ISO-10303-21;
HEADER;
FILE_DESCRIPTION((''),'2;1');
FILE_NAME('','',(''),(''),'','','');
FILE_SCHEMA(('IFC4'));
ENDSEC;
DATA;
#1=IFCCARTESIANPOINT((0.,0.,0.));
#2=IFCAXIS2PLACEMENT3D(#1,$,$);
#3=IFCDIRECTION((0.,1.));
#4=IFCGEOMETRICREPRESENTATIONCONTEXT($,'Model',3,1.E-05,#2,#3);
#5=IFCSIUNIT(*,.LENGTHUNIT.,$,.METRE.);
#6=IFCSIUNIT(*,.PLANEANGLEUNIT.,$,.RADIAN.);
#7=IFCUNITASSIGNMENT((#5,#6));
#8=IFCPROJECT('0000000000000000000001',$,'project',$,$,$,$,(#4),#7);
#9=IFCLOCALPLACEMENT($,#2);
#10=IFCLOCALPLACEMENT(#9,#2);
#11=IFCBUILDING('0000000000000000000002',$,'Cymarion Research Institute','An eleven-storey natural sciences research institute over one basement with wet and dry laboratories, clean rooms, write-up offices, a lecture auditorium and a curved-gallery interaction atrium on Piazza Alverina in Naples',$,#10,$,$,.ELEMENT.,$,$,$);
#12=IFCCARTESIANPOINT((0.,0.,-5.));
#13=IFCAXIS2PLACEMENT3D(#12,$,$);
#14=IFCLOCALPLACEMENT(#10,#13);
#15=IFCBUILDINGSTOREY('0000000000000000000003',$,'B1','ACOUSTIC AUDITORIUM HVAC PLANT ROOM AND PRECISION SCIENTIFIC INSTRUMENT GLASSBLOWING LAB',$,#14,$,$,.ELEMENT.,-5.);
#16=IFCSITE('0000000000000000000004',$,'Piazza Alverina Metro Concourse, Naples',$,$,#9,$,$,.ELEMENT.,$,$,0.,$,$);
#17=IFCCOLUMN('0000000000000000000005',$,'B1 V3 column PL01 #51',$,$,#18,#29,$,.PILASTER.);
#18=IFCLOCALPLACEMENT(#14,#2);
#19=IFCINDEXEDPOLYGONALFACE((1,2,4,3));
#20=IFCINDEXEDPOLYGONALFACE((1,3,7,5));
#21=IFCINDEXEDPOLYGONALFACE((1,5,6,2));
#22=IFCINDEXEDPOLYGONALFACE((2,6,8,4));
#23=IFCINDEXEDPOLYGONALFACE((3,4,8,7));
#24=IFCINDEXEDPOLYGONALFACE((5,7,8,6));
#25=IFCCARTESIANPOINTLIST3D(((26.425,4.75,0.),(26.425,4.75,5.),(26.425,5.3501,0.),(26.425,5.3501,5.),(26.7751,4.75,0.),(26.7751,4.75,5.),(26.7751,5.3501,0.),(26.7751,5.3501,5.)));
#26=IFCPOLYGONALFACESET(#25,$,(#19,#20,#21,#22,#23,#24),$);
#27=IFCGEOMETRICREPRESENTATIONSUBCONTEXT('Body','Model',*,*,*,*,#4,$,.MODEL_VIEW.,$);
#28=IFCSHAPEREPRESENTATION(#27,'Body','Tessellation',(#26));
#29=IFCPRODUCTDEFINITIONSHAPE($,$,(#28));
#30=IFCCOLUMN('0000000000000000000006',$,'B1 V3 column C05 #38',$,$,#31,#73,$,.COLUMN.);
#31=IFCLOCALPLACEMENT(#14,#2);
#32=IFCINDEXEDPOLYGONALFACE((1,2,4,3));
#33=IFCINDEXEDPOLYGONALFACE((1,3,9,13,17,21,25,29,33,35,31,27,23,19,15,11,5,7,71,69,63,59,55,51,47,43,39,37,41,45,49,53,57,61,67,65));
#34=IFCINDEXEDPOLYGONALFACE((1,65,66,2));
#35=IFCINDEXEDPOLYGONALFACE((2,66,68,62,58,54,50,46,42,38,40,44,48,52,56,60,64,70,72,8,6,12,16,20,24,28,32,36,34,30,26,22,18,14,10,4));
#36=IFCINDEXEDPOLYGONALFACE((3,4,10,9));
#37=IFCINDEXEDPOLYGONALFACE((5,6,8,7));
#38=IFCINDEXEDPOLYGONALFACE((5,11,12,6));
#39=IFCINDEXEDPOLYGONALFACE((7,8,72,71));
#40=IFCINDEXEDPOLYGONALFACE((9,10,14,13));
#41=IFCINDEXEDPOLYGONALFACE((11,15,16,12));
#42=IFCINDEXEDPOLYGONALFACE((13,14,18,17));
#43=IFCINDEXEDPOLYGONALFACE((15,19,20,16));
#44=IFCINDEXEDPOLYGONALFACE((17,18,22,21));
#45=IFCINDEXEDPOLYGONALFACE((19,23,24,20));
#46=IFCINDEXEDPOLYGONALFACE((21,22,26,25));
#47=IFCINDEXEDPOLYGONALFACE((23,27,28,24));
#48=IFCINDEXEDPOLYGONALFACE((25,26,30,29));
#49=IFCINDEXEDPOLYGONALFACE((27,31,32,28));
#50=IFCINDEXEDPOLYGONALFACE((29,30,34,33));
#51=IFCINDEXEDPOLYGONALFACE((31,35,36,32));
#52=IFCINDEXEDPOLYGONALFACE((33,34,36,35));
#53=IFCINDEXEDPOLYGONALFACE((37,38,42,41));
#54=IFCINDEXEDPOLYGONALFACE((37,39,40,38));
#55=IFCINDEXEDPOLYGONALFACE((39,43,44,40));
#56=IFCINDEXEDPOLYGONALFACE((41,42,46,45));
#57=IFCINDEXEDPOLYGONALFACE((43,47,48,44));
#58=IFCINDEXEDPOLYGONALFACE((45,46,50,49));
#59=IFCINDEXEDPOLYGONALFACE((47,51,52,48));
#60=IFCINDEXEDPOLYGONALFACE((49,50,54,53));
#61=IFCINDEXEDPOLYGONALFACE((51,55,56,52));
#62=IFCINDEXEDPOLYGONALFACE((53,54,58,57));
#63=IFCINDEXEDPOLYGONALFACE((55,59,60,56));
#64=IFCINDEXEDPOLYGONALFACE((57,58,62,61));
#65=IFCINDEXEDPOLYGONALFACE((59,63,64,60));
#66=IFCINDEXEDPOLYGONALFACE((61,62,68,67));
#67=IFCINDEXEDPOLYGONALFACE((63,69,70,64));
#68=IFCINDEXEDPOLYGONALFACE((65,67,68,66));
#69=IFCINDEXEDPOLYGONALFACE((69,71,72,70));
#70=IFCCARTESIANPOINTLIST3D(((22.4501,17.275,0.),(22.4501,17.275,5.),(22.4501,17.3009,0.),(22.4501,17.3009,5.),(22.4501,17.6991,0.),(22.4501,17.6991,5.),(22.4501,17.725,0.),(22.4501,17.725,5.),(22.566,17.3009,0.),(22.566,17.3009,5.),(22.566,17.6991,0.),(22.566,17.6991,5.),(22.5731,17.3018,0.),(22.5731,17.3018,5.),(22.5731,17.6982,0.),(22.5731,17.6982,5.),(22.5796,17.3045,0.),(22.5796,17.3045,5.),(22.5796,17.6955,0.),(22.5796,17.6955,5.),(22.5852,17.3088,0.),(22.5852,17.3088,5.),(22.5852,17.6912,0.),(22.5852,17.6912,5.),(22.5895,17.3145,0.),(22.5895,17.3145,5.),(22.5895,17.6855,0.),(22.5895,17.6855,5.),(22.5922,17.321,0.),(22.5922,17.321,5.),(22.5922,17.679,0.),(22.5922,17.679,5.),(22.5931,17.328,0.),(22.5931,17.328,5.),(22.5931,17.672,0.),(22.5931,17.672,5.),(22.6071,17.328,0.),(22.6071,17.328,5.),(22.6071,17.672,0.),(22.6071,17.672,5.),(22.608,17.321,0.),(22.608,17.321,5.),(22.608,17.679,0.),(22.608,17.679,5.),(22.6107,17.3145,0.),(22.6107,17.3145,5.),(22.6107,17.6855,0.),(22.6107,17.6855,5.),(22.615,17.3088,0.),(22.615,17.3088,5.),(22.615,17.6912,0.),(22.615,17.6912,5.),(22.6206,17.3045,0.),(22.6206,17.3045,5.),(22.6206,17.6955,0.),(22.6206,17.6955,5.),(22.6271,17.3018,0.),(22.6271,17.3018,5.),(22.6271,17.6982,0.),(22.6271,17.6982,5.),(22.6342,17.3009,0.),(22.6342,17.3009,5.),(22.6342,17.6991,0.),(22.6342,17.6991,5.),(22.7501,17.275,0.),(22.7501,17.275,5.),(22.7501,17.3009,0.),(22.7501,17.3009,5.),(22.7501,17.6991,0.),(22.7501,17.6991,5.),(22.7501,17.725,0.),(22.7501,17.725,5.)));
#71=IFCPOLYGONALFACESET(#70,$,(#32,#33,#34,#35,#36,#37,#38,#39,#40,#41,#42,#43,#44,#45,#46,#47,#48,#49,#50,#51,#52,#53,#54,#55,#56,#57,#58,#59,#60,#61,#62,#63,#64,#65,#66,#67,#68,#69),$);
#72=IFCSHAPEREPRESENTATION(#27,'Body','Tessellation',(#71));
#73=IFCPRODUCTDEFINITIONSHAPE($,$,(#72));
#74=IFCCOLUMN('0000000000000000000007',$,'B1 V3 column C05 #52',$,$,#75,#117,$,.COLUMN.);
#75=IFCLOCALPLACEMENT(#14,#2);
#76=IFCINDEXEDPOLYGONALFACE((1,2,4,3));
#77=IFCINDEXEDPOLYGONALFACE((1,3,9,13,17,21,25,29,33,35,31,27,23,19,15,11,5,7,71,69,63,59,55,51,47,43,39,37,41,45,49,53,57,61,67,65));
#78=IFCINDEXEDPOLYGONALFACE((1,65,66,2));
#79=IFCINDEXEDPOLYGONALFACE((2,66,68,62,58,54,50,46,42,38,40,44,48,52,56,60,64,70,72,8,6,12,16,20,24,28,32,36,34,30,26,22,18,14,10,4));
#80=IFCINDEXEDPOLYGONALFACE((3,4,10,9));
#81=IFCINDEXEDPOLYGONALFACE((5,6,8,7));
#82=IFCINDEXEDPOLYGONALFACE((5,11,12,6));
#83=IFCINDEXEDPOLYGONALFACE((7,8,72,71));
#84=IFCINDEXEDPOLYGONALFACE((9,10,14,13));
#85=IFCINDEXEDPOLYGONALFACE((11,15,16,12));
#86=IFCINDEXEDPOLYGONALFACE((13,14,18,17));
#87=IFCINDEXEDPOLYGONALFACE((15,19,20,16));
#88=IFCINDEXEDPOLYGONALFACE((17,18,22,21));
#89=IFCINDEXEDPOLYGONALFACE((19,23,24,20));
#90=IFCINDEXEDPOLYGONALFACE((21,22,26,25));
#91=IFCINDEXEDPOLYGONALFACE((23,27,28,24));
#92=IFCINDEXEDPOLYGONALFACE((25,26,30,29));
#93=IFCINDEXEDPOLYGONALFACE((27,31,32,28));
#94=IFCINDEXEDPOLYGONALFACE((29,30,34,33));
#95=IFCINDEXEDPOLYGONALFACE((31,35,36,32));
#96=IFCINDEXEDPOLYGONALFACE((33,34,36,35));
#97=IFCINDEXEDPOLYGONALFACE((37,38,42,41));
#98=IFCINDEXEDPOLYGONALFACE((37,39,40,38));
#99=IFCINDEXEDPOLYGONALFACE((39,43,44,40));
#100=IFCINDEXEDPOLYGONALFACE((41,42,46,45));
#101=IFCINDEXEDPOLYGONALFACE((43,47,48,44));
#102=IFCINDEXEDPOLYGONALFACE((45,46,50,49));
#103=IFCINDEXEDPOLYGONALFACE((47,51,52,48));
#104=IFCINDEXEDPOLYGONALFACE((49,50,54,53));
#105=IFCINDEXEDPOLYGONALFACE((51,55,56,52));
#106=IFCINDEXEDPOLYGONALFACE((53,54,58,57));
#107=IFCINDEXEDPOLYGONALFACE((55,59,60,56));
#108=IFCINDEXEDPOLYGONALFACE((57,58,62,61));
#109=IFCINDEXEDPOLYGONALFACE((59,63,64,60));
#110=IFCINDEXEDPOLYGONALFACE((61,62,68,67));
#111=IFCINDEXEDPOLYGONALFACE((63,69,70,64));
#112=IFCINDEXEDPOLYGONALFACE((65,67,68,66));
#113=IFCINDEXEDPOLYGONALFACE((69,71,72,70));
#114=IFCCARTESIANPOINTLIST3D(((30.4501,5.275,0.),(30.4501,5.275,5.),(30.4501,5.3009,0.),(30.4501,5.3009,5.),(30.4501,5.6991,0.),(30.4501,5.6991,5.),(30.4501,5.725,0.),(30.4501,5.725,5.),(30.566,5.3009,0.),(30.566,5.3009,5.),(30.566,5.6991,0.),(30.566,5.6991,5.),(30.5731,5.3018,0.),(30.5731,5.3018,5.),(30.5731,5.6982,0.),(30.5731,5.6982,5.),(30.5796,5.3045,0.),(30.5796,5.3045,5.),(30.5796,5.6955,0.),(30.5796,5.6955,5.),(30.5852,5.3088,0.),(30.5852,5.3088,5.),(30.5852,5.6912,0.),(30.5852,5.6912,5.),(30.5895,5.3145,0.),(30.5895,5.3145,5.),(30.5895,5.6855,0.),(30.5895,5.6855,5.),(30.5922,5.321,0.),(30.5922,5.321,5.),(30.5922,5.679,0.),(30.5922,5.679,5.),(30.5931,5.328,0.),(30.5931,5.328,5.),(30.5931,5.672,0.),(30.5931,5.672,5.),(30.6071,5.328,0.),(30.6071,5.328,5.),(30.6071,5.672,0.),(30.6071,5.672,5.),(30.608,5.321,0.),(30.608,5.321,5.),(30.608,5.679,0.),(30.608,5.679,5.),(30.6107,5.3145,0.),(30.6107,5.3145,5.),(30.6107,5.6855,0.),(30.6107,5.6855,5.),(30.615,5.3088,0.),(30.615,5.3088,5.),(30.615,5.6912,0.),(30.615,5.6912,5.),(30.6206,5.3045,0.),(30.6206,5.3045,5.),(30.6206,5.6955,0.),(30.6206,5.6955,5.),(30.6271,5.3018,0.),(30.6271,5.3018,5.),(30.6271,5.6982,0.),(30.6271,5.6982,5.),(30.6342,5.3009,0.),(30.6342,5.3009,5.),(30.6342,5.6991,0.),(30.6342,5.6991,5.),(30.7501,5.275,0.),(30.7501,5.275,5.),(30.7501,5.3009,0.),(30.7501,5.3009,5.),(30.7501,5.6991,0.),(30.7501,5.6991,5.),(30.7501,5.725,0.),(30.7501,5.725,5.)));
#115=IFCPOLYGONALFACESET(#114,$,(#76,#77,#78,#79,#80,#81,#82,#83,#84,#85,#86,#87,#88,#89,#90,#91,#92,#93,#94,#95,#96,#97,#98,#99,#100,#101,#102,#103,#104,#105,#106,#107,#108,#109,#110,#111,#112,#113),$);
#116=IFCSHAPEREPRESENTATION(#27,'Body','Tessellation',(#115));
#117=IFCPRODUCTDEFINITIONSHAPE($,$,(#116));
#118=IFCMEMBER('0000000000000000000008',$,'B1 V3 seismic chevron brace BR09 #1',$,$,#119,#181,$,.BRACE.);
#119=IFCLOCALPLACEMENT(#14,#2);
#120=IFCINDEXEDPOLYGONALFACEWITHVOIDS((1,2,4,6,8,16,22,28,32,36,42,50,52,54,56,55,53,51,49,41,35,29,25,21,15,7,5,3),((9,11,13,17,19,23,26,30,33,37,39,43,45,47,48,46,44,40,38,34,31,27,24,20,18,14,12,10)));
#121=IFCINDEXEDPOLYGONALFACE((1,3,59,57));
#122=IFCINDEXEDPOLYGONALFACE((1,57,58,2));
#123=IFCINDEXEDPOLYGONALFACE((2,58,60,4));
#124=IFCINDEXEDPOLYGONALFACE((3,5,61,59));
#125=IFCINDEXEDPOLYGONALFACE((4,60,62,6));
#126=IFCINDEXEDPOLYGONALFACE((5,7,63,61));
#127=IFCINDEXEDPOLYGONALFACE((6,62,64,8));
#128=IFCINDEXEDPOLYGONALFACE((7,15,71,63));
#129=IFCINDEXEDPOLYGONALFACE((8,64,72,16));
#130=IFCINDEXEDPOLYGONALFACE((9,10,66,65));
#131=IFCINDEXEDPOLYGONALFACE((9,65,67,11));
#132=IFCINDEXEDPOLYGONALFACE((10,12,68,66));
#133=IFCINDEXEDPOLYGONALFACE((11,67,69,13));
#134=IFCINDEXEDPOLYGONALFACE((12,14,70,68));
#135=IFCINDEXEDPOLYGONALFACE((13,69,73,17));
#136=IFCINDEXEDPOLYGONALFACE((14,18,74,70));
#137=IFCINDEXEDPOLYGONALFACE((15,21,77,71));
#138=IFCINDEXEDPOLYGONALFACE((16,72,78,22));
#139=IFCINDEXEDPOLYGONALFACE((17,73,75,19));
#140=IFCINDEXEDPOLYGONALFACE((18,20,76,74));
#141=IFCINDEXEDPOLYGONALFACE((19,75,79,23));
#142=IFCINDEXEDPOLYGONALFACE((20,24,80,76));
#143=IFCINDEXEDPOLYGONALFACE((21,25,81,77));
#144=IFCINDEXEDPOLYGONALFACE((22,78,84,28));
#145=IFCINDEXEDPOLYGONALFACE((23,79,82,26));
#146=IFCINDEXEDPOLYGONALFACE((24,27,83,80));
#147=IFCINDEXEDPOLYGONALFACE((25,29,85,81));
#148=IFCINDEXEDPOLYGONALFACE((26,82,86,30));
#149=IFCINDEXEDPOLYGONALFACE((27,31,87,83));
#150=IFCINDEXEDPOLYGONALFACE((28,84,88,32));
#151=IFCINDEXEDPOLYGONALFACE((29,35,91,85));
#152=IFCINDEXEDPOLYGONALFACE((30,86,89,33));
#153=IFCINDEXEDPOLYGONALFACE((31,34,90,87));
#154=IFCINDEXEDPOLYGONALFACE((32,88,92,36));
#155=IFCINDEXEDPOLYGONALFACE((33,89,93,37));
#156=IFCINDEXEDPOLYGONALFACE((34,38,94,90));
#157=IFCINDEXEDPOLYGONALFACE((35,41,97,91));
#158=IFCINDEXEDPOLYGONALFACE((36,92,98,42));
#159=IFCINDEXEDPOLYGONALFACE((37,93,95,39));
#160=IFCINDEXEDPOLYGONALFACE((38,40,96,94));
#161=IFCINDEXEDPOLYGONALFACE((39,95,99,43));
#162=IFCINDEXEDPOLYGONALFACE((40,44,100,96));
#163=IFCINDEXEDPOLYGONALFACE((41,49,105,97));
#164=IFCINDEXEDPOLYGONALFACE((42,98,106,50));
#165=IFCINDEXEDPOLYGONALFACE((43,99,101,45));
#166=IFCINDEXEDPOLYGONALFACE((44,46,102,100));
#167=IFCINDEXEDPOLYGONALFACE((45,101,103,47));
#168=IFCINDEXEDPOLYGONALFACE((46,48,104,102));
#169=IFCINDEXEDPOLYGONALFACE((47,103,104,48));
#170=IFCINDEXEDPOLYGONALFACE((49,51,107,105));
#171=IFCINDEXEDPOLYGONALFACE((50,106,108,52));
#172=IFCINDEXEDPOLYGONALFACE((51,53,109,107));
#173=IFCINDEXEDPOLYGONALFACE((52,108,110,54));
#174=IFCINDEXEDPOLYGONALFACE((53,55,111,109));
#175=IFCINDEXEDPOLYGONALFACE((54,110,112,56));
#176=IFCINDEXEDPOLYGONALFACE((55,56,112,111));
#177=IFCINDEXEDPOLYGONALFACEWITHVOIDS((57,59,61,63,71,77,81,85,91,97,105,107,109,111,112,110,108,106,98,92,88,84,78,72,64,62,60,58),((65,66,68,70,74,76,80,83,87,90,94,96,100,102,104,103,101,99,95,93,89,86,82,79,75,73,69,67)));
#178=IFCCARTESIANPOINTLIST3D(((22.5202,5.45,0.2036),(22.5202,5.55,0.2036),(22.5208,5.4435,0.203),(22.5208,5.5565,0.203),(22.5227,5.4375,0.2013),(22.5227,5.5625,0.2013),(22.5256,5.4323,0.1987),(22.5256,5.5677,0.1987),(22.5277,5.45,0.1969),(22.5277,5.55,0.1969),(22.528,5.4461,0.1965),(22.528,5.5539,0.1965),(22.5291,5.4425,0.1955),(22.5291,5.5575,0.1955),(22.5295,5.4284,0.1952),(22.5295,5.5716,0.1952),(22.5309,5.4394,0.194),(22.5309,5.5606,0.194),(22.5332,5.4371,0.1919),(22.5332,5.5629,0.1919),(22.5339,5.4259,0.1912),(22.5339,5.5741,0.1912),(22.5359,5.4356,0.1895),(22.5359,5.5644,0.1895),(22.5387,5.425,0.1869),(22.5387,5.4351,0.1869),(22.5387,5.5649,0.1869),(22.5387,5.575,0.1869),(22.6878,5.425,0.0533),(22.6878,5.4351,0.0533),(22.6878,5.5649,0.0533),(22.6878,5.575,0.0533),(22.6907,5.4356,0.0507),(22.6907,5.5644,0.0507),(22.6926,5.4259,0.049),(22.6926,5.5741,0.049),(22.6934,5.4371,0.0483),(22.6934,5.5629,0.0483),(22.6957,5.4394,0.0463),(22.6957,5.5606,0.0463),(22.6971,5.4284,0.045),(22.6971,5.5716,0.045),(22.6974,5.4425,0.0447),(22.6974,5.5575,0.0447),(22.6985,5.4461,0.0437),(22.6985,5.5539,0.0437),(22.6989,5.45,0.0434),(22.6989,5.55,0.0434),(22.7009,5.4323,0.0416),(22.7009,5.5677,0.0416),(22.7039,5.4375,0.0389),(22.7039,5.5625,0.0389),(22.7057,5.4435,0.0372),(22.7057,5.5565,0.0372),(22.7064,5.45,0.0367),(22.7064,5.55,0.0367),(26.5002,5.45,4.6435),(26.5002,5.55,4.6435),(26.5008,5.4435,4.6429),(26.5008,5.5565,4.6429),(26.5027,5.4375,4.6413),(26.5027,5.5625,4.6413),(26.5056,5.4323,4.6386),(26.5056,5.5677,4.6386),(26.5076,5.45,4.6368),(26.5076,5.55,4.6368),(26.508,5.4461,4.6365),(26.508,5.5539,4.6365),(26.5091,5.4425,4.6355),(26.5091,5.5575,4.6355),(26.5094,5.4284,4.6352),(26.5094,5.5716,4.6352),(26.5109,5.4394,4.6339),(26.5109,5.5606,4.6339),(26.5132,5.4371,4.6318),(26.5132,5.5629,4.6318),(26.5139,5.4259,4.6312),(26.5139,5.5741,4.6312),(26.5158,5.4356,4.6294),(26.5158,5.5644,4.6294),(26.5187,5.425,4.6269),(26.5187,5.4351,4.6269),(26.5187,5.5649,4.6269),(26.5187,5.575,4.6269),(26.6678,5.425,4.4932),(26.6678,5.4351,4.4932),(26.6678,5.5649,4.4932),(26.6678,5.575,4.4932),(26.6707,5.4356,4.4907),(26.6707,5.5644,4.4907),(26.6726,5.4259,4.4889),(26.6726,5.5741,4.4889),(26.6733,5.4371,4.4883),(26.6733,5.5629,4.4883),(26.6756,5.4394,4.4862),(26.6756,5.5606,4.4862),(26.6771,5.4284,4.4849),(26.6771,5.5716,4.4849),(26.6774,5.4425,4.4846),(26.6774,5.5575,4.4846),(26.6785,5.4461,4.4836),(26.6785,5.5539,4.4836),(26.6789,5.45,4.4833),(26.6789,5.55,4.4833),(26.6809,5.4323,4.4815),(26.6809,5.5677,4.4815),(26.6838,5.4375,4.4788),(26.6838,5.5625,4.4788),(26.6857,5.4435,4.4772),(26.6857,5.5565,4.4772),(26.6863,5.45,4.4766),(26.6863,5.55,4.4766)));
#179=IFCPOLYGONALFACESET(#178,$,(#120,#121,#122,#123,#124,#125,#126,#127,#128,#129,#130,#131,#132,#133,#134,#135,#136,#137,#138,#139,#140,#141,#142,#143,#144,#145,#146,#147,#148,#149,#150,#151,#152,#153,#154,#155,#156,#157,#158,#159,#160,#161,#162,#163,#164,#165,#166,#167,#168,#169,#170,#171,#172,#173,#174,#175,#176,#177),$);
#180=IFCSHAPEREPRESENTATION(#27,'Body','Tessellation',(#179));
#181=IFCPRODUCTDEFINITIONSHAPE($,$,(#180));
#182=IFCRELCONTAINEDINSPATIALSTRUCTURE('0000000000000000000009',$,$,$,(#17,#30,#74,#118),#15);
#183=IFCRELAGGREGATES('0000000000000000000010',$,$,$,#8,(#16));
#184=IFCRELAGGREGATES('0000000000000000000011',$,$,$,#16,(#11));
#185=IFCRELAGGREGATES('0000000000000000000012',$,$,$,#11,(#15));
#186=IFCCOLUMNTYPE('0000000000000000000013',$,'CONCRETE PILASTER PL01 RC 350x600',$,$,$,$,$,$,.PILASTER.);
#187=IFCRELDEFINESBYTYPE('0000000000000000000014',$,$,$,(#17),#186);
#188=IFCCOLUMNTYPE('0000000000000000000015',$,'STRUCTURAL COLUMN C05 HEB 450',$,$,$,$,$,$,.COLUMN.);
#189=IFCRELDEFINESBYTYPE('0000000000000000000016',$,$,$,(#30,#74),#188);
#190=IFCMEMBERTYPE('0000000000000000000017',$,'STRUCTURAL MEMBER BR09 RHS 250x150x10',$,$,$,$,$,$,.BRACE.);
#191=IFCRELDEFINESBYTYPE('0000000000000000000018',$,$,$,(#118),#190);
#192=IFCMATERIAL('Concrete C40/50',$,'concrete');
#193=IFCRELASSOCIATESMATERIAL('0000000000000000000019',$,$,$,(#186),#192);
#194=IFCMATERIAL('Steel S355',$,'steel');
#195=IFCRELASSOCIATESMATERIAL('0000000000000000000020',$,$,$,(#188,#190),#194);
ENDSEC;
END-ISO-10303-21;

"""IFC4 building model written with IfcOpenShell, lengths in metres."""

from ifc_helpers import new_model, si_unit, direction, frame, origin, origin_2d, place, context, subcontext, project, spatial, rectangle, hollow_rectangle, i_section, extrude, material, material_profile, profile_set, type_object, element, save


model = new_model("IFC4")

# Units and contexts
model_context = context("Model", 3, precision=1e-05, world=origin(), true_north=direction((0.0, 1.0)))
body_context = subcontext(model_context, "Body", "Model", "MODEL_VIEW")
ifc_project = project(units=[si_unit("LENGTHUNIT", "METRE"), si_unit("PLANEANGLEUNIT", "RADIAN")], contexts=[model_context])

# Site, building, storey
site_placement = place(None, origin())
site = spatial("IfcSite", under=ifc_project, at=site_placement, Name="Piazza Alverina Metro Concourse, Naples", CompositionType="ELEMENT", RefElevation=0.0)
building_placement = place(site_placement, origin())
building = spatial("IfcBuilding", under=site, at=building_placement, Name="Cymarion Research Institute", Description="An eleven-storey natural sciences research institute over one basement with wet and dry laboratories, clean rooms, write-up offices, a lecture auditorium and a curved-gallery interaction atrium on Piazza Alverina in Naples", CompositionType="ELEMENT")
storey_placement = place(building_placement, frame((0.0, 0.0, -5.0)))
storey = spatial("IfcBuildingStorey", under=building, at=storey_placement, Name="B1", Description="ACOUSTIC AUDITORIUM HVAC PLANT ROOM AND PRECISION SCIENTIFIC INSTRUMENT GLASSBLOWING LAB", CompositionType="ELEMENT", Elevation=-5.0)

# Columns
ifc_material_1 = material(Name="Concrete C40/50", Category="concrete")
ifc_material_profile_1 = material_profile(ifc_material_1, rectangle(XDim=0.3501, YDim=0.6001, at=origin_2d()), Name="RC 350x600")
ifc_profile_set_1 = profile_set([ifc_material_profile_1], Name="Concrete C40/50")
column_type_1 = type_object("IfcColumnType", Name="CONCRETE PILASTER PL01 RC 350x600", PredefinedType="PILASTER", material=ifc_profile_set_1)
column_placement = place(storey_placement, frame((26.6001, 5.05, 0.0), z_axis=(0.0, 0.0, 1.0), x_axis=(1.0, 0.0, 0.0)))
element("IfcColumn", 1, at=column_placement, inside=storey, type_object=column_type_1, Name="B1 V3 column PL01 #51", PredefinedType="PILASTER", context=body_context, shape_type="SweptSolid", body=[
    extrude(rectangle(XDim=0.3501, YDim=0.6001, at=origin_2d()), origin(), (0.0, 0.0, 1.0), 5.0),
])
ifc_material_2 = material(Name="Steel S355", Category="steel")
ifc_material_profile_2 = material_profile(ifc_material_2, i_section(OverallWidth=0.3, OverallDepth=0.45, WebThickness=0.0139, FlangeThickness=0.0259, FilletRadius=0.0271, at=origin_2d()), Name="HEB 450")
ifc_profile_set_2 = profile_set([ifc_material_profile_2], Name="Steel S355")
column_type_2 = type_object("IfcColumnType", Name="STRUCTURAL COLUMN C05 HEB 450", PredefinedType="COLUMN", material=ifc_profile_set_2)
for number, where, z_axis, x_axis, name in (
    (2, (22.6001, 17.5, 0.0), (0.0, 0.0, 1.0), (1.0, 0.0, 0.0), "B1 V3 column C05 #38"),
    (3, (30.6001, 5.5, 0.0), (0.0, 0.0, 1.0), (1.0, 0.0, 0.0), "B1 V3 column C05 #52"),
):
    element("IfcColumn", number, at=place(storey_placement, frame(where, z_axis=z_axis, x_axis=x_axis)), inside=storey, type_object=column_type_2, Name=name, PredefinedType="COLUMN", context=body_context, shape_type="SweptSolid", body=[
        extrude(i_section(OverallWidth=0.3, OverallDepth=0.45, WebThickness=0.0139, FlangeThickness=0.0259, FilletRadius=0.0271, at=origin_2d()), origin(), (0.0, 0.0, 1.0), 5.0),
    ])

# Member
ifc_material_profile_3 = material_profile(ifc_material_2, hollow_rectangle(XDim=0.1499, YDim=0.25, WallThickness=0.01, InnerFilletRadius=0.0149, OuterFilletRadius=0.0249, at=origin_2d()), Name="RHS 250x150x10")
ifc_profile_set_3 = profile_set([ifc_material_profile_3], Name="Steel S355")
member_type = type_object("IfcMemberType", Name="STRUCTURAL MEMBER BR09 RHS 250x150x10", PredefinedType="BRACE", material=ifc_profile_set_3)
for number, where, z_axis, x_axis, name in (
    (4, (22.6133, 5.5, 0.1201), (0.667484, 0.0, 0.744624), (0.0, 1.0, 0.0), "B1 V3 seismic chevron brace BR09 #1"),
):
    element("IfcMember", number, at=place(storey_placement, frame(where, z_axis=z_axis, x_axis=x_axis)), inside=storey, type_object=member_type, Name=name, PredefinedType="BRACE", context=body_context, shape_type="SweptSolid", body=[
        extrude(hollow_rectangle(XDim=0.1499, YDim=0.25, WallThickness=0.01, InnerFilletRadius=0.0149, OuterFilletRadius=0.0249, at=origin_2d()), origin(), (0.0, 0.0, 1.0), 5.9626),
    ])

save(model, "model.ifc")
